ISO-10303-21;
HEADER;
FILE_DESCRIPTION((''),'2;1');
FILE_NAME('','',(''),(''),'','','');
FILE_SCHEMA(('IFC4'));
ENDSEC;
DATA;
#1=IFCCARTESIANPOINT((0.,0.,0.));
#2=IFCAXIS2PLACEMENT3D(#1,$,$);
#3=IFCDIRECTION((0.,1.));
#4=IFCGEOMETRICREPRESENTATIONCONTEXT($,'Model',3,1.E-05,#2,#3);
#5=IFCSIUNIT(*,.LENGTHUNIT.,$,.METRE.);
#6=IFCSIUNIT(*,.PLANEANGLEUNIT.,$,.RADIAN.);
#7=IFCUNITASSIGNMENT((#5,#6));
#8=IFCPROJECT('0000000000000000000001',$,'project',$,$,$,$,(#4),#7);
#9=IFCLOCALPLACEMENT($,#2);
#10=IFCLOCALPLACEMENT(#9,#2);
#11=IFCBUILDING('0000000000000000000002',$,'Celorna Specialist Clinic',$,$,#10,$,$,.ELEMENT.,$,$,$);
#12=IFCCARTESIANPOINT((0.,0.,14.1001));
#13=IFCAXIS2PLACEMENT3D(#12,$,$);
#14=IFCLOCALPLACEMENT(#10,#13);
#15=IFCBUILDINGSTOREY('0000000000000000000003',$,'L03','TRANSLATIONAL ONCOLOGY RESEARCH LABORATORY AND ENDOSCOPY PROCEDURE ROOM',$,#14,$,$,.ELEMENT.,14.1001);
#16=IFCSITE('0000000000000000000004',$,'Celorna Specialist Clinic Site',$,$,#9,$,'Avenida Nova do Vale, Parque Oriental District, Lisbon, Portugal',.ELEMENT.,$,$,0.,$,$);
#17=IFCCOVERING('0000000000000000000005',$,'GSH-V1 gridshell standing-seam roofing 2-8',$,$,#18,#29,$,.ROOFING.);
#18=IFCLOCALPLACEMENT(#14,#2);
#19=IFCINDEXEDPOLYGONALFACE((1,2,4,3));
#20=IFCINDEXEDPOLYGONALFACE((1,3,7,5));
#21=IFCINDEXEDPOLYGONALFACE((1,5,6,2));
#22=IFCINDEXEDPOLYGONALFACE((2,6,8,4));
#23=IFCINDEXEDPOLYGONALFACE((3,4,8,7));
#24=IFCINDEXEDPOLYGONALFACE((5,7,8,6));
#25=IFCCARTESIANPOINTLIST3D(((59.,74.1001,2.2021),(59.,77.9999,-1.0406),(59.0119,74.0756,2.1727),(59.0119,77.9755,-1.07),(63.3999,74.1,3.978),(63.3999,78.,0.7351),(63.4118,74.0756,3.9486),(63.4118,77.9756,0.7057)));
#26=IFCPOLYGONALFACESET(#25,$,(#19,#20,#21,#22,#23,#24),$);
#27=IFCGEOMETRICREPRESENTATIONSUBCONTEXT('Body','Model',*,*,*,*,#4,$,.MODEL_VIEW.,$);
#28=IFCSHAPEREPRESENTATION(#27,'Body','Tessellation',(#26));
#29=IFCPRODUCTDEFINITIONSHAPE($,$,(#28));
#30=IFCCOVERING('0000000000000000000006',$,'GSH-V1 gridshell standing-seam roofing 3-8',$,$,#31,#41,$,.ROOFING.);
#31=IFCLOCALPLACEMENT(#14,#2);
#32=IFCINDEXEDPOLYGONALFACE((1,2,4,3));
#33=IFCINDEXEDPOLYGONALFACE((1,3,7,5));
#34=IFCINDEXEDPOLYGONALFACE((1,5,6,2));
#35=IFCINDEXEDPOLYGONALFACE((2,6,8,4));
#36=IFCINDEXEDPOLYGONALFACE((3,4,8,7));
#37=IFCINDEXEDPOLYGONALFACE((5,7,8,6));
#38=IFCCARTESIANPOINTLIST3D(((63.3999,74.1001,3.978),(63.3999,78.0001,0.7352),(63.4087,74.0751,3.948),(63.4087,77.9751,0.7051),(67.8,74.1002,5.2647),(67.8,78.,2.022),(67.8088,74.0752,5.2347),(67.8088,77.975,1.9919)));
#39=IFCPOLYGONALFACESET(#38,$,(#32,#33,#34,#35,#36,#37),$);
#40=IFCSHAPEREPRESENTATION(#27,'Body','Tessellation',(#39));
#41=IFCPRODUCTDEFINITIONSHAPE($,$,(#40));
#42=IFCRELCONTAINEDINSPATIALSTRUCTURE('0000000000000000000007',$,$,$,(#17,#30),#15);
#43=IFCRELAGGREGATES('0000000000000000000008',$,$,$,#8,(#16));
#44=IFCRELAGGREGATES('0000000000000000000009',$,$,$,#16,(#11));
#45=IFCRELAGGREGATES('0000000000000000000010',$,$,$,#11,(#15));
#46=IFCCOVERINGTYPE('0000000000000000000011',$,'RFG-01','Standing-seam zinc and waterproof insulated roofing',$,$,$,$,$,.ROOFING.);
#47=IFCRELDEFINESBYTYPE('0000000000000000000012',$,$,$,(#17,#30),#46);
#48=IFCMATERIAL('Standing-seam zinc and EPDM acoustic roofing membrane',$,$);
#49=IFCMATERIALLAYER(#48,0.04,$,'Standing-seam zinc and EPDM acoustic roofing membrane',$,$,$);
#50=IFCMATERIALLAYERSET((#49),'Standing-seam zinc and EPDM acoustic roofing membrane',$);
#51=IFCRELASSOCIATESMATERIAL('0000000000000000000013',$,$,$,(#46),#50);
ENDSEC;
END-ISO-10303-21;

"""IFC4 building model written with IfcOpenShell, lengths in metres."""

from ifc_helpers import new_model, si_unit, direction, frame, origin, place, context, subcontext, project, spatial, polyline, outline, extrude, material, layer, layer_set, type_object, element, save


model = new_model("IFC4")

# Units and contexts
model_context = context("Model", 3, precision=1e-05, world=origin(), true_north=direction((0.0, 1.0)))
body_context = subcontext(model_context, "Body", "Model", "MODEL_VIEW")
ifc_project = project(units=[si_unit("LENGTHUNIT", "METRE"), si_unit("PLANEANGLEUNIT", "RADIAN")], contexts=[model_context])

# Site, building, storey
site_placement = place(None, origin())
site = spatial("IfcSite", under=ifc_project, at=site_placement, Name="Celorna Specialist Clinic Site", LongName="Avenida Nova do Vale, Parque Oriental District, Lisbon, Portugal", CompositionType="ELEMENT", RefElevation=0.0)
building_placement = place(site_placement, origin())
building = spatial("IfcBuilding", under=site, at=building_placement, Name="Celorna Specialist Clinic", CompositionType="ELEMENT")
storey_placement = place(building_placement, frame((0.0, 0.0, 14.1001)))
storey = spatial("IfcBuildingStorey", under=building, at=storey_placement, Name="L03", Description="TRANSLATIONAL ONCOLOGY RESEARCH LABORATORY AND ENDOSCOPY PROCEDURE ROOM", CompositionType="ELEMENT", Elevation=14.1001)

# Coverings
ifc_material_1 = material(Name="Standing-seam zinc and EPDM acoustic roofing membrane")
ifc_layer_1 = layer(ifc_material_1, 0.04, Name="Standing-seam zinc and EPDM acoustic roofing membrane")
ifc_layer_set_1 = layer_set([ifc_layer_1], Name="Standing-seam zinc and EPDM acoustic roofing membrane")
covering_type_1 = type_object("IfcCoveringType", Name="RFG-01", Description="Standing-seam zinc and waterproof insulated roofing", PredefinedType="ROOFING", material=ifc_layer_set_1)
covering_1_placement = place(storey_placement, frame((59.0, 74.1001, 2.2021), z_axis=(-0.296382, 0.610629, 0.734364), x_axis=(0.927321, -0.000012, 0.374267)))
element("IfcCovering", 1, at=covering_1_placement, inside=storey, type_object=covering_type_1, Name="GSH-V1 gridshell standing-seam roofing 2-8", PredefinedType="ROOFING", context=body_context, shape_type="SweptSolid", body=[
    extrude(outline(polyline([(0.0, 0.0), (4.7448, 0.0), (3.531, 4.9247), (-1.2137, 4.9245), (0.0, 0.0)])), origin(), (0.0, 0.0, -1.0), 0.04),
])
covering_2_placement = place(storey_placement, frame((63.3999, 74.1001, 3.978), z_axis=(-0.219377, 0.623781, 0.750181), x_axis=(0.959805, 0.000012, 0.280667)))
element("IfcCovering", 2, at=covering_2_placement, inside=storey, type_object=covering_type_1, Name="GSH-V1 gridshell standing-seam roofing 3-8", PredefinedType="ROOFING", context=body_context, shape_type="SweptSolid", body=[
    extrude(outline(polyline([(0.0, 0.0), (4.5844, 0.0), (3.6743, 4.9896), (-0.9101, 4.9897), (0.0, 0.0)])), origin(), (0.0, 0.0, -1.0), 0.04),
])

save(model, "model.ifc")
